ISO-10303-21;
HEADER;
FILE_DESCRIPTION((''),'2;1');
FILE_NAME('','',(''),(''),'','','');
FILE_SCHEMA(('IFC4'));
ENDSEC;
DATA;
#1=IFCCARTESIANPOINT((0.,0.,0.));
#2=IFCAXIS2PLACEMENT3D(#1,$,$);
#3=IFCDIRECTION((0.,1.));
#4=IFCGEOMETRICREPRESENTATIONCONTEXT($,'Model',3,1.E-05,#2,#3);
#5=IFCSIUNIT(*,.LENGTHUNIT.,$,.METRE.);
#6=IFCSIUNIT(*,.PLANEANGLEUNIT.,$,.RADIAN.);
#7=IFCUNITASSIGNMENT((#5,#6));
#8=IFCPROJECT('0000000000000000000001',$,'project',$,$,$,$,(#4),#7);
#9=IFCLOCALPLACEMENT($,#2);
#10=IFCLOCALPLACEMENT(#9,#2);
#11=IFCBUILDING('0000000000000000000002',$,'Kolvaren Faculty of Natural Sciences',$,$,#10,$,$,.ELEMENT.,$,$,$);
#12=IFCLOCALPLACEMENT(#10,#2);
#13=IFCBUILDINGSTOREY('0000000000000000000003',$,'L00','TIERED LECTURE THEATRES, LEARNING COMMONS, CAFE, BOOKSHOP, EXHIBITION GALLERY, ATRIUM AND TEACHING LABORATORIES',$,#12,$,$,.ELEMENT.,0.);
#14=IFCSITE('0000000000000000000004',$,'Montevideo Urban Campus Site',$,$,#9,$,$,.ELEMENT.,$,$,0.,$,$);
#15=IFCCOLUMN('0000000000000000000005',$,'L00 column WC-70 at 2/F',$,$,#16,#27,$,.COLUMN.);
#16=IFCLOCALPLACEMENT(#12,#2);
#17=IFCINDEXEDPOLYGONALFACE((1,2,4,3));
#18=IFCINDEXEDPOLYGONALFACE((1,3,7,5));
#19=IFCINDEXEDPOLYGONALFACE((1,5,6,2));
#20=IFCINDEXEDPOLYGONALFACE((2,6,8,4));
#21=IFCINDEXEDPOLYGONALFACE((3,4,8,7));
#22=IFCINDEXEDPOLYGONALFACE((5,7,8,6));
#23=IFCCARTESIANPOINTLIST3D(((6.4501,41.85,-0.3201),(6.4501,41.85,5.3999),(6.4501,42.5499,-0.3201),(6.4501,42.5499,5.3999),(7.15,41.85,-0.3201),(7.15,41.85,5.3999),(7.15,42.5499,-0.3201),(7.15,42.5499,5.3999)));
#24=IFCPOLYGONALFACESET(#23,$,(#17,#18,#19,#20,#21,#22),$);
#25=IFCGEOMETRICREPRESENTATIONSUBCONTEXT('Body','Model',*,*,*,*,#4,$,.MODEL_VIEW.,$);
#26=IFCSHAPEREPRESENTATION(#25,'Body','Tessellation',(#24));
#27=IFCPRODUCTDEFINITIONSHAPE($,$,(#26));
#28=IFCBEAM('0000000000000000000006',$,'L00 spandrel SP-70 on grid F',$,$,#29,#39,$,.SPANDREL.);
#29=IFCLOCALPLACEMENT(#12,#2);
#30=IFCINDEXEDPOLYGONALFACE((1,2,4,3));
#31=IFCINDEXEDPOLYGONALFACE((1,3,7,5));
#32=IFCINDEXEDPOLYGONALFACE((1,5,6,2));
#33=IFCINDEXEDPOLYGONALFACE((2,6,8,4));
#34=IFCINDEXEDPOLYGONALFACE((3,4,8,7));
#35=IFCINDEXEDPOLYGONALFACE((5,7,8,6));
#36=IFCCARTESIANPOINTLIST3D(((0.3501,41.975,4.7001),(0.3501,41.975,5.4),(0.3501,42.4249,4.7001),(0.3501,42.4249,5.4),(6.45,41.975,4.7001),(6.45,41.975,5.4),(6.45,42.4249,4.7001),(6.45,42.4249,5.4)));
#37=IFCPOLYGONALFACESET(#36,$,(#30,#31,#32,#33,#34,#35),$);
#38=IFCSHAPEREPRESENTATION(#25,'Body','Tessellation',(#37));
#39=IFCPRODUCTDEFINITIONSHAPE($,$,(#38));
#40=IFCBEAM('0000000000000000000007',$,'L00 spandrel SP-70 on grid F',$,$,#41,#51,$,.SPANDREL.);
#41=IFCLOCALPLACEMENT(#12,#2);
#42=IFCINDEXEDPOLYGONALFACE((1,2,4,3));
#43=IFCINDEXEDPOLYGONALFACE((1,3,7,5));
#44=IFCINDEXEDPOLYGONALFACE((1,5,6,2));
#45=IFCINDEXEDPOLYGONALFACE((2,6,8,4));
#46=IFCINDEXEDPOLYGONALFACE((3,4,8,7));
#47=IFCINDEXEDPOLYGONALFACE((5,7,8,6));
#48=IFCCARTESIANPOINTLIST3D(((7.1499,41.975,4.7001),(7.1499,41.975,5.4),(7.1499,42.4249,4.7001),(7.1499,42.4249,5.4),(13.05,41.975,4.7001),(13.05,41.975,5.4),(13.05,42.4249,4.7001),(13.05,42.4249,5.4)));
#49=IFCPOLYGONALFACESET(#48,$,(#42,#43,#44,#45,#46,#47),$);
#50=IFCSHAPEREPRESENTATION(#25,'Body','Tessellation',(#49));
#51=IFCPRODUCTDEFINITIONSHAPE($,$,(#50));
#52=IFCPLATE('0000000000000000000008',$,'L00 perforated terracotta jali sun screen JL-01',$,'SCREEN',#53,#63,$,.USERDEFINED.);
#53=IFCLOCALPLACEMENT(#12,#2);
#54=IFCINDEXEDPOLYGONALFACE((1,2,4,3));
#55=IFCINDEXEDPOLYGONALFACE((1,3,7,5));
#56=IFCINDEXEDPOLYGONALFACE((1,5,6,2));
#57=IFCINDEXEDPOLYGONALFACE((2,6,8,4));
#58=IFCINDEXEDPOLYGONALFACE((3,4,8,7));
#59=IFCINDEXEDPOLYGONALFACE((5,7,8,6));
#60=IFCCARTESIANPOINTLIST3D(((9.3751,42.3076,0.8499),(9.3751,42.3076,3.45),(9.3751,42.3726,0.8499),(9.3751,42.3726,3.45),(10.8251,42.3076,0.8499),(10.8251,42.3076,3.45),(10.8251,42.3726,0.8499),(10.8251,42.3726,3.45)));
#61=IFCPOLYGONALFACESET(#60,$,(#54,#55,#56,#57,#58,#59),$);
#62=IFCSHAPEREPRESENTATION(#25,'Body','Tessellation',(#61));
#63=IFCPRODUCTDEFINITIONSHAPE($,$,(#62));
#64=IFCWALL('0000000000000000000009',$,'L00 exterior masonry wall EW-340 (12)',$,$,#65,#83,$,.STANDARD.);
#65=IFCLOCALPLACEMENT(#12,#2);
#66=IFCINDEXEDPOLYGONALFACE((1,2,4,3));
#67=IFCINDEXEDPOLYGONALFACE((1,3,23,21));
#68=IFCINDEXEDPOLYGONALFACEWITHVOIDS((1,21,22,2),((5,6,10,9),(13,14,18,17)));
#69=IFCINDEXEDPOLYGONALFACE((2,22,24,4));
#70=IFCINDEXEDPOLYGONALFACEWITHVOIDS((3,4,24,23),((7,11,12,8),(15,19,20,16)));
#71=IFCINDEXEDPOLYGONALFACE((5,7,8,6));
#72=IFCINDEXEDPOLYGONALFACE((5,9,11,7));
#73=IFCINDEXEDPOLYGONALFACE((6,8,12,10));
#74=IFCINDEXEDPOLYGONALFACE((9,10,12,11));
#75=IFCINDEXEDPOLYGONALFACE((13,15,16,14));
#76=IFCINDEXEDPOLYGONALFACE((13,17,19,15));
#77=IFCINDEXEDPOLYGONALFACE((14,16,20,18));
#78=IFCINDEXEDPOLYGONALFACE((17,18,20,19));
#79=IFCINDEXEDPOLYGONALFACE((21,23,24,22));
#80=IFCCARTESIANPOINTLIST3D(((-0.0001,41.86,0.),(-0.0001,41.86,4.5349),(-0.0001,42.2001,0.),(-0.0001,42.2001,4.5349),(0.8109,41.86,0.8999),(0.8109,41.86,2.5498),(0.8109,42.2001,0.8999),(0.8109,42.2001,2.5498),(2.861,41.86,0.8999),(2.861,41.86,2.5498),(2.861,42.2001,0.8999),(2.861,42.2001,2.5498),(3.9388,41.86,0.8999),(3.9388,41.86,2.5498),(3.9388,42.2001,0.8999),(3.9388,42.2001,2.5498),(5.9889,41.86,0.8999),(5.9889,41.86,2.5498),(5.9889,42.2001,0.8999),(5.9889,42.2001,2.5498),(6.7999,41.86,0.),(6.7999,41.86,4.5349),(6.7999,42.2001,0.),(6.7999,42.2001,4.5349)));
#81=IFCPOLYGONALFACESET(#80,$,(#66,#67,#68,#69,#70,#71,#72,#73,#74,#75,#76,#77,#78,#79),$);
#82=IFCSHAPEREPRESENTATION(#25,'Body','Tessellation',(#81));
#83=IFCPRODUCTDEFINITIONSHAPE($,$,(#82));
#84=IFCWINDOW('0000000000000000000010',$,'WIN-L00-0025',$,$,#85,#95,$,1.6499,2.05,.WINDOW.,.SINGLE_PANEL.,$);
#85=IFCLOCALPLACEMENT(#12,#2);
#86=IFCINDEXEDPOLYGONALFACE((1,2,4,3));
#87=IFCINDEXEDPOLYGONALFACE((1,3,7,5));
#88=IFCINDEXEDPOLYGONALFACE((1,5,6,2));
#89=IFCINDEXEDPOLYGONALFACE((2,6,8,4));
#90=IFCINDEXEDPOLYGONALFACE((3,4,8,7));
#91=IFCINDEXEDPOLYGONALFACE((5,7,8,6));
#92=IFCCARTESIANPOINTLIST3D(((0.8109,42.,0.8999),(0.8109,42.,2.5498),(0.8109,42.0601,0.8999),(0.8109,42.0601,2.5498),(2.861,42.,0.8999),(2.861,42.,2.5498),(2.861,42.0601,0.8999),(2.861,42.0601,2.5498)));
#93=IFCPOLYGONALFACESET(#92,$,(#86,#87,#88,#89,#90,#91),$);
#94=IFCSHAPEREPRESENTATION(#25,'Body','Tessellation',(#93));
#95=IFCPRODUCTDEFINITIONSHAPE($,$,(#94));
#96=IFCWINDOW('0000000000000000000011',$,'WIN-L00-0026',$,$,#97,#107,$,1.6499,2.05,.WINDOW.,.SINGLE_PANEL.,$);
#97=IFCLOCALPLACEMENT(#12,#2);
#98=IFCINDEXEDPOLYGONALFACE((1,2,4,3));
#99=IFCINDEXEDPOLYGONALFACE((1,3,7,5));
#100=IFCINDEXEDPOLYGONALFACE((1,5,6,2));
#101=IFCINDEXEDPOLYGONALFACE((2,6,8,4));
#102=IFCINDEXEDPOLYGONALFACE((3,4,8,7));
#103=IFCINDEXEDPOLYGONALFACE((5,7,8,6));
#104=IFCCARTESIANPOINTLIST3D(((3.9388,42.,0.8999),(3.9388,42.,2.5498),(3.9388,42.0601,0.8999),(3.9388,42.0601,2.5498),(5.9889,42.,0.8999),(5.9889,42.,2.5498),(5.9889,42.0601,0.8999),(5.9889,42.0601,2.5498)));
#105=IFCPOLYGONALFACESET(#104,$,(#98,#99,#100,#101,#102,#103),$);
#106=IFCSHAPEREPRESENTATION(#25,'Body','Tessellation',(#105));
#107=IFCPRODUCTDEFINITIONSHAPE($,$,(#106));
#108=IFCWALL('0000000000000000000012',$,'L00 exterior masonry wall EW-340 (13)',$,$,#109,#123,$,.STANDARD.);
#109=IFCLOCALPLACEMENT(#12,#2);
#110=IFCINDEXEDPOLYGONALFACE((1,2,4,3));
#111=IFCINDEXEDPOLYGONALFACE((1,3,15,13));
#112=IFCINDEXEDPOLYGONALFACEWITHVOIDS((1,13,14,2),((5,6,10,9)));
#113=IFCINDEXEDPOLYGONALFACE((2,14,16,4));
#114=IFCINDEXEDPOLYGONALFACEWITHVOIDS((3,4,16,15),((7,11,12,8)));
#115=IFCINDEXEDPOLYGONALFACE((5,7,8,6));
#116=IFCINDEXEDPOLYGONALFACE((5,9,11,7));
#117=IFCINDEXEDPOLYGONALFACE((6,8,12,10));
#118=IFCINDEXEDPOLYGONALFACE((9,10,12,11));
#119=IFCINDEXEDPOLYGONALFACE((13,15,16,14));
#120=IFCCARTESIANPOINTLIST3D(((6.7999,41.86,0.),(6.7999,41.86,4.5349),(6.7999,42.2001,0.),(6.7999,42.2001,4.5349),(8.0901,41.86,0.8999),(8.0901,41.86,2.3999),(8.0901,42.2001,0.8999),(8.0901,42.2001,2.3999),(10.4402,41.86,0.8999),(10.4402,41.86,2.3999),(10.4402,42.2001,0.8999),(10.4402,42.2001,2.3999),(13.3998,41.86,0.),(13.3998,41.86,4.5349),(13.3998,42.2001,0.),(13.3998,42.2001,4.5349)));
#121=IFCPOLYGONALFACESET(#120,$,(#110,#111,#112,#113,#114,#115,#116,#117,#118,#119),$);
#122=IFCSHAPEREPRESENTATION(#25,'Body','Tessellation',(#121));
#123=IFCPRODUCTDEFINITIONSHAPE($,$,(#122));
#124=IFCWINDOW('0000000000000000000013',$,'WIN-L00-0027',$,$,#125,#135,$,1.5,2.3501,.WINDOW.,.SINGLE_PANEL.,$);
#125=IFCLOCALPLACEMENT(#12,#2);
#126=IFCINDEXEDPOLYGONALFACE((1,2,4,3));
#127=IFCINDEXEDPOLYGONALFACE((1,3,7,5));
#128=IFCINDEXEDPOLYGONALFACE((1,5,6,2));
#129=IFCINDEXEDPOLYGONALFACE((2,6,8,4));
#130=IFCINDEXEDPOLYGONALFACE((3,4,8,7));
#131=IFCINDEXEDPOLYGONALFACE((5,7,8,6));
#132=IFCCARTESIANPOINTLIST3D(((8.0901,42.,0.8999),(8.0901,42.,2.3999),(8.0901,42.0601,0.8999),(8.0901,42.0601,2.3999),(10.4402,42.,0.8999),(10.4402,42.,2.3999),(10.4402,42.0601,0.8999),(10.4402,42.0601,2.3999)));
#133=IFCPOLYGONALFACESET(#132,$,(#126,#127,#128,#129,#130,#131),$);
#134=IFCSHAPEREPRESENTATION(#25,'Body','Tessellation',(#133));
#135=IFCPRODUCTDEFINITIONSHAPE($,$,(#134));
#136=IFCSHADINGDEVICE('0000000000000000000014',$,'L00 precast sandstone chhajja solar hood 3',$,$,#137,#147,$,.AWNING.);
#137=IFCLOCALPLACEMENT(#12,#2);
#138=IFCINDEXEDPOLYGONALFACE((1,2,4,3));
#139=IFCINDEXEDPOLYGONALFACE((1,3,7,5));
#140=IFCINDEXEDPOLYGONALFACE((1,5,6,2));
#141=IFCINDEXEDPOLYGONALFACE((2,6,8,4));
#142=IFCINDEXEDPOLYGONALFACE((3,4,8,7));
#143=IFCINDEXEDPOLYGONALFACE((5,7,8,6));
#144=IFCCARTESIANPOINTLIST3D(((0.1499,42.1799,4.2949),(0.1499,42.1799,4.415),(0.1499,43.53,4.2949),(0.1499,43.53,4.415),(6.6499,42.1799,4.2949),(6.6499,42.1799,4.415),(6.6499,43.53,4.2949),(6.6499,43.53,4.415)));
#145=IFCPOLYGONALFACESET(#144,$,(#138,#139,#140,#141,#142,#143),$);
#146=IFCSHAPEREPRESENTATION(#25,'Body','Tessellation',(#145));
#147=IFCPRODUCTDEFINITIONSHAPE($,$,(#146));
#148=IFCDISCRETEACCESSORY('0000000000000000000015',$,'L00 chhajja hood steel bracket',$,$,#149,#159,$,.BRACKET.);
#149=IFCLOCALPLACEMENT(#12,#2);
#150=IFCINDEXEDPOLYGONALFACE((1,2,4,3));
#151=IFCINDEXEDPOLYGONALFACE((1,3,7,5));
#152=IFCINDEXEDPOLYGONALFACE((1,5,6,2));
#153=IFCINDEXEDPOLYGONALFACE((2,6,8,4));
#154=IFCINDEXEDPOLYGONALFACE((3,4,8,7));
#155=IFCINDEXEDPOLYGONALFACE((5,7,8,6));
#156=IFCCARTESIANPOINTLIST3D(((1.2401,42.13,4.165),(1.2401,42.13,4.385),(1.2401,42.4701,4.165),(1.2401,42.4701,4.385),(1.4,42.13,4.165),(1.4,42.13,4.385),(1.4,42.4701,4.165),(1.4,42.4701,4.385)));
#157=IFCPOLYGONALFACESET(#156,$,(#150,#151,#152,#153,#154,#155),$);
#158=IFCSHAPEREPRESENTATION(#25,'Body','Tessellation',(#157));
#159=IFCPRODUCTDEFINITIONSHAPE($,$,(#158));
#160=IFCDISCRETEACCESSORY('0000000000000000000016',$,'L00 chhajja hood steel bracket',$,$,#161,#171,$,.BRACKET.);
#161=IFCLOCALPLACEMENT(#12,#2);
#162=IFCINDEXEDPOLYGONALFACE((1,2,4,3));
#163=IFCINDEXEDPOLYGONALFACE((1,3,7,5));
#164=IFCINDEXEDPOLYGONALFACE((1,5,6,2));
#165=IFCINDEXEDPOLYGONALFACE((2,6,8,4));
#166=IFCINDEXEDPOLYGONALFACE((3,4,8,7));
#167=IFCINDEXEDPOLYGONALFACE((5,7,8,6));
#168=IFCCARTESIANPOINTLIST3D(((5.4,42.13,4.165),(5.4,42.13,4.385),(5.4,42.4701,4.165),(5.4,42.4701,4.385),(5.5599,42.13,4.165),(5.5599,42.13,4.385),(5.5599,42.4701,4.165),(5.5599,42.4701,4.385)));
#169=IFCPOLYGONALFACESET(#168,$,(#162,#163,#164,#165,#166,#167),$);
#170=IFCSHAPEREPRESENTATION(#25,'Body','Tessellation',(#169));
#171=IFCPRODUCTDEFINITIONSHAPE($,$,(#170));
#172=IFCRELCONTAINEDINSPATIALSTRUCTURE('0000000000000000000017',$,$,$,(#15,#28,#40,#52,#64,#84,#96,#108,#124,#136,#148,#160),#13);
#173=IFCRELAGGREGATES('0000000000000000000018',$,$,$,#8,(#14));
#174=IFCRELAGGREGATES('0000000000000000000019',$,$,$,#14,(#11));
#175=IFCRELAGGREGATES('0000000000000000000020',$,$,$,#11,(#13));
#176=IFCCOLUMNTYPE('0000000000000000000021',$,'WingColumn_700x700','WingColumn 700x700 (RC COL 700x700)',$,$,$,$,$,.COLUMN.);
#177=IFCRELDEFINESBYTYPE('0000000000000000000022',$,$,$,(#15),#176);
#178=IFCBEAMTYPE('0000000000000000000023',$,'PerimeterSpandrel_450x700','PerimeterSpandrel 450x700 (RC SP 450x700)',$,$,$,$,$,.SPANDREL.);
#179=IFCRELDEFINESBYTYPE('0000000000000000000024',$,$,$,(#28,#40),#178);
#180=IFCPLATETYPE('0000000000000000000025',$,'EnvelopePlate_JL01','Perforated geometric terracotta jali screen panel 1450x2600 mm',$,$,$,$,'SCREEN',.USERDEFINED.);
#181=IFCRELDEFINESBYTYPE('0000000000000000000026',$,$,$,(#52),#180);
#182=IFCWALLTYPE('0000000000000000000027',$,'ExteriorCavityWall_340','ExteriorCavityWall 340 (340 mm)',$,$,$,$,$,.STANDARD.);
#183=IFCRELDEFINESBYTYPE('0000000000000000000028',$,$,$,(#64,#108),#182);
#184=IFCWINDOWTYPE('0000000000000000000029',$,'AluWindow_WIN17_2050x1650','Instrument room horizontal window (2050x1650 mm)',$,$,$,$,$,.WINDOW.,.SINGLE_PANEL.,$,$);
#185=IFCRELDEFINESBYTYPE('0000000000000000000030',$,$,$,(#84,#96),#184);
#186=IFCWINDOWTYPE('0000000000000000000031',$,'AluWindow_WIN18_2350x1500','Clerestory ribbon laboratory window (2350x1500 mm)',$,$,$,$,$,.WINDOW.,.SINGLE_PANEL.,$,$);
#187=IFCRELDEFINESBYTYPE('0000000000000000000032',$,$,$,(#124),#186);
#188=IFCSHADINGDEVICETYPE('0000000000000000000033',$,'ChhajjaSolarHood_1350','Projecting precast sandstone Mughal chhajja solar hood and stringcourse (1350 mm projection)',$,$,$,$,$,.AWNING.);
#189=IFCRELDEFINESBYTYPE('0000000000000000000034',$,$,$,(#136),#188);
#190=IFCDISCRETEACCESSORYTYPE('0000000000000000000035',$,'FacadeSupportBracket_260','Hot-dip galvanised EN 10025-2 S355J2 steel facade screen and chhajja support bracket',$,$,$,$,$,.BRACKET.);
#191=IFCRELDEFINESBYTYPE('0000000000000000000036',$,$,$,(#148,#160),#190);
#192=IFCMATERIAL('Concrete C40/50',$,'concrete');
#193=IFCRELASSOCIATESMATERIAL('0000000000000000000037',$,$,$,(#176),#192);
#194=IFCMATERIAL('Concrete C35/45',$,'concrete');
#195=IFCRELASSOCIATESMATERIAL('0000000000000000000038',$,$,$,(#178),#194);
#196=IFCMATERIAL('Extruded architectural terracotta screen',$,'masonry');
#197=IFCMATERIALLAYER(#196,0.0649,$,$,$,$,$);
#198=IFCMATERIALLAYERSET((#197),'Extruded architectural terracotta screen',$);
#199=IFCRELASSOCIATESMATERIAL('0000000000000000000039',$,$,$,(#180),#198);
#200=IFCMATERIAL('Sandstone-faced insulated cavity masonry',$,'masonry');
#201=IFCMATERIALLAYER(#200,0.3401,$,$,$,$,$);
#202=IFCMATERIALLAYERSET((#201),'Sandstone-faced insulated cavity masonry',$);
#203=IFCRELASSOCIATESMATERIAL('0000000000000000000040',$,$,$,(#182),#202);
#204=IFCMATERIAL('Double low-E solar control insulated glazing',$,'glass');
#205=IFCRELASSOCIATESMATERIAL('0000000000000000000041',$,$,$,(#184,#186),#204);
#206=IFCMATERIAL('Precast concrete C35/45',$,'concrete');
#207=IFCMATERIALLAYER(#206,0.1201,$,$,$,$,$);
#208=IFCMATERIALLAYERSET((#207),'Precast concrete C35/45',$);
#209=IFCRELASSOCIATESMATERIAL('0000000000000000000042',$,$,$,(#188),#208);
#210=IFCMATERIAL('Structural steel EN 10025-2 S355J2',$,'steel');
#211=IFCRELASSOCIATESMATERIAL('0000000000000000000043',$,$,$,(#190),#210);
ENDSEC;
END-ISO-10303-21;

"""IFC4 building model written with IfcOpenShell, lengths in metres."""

from ifc_helpers import new_model, si_unit, direction, frame, frame_2d, origin, origin_2d, place, context, subcontext, project, spatial, rectangle, extrude, material, layer, layer_set, material_profile, profile_set, type_object, element, fill, save


model = new_model("IFC4")

# Units and contexts
model_context = context("Model", 3, precision=1e-05, world=origin(), true_north=direction((0.0, 1.0)))
body_context = subcontext(model_context, "Body", "Model", "MODEL_VIEW")
ifc_project = project(units=[si_unit("LENGTHUNIT", "METRE"), si_unit("PLANEANGLEUNIT", "RADIAN")], contexts=[model_context])

# Site, building, storey
site_placement = place(None, origin())
site = spatial("IfcSite", under=ifc_project, at=site_placement, Name="Montevideo Urban Campus Site", CompositionType="ELEMENT", RefElevation=0.0)
building_placement = place(site_placement, origin())
building = spatial("IfcBuilding", under=site, at=building_placement, Name="Kolvaren Faculty of Natural Sciences", CompositionType="ELEMENT")
storey_placement = place(building_placement, origin())
storey = spatial("IfcBuildingStorey", under=building, at=storey_placement, Name="L00", Description="TIERED LECTURE THEATRES, LEARNING COMMONS, CAFE, BOOKSHOP, EXHIBITION GALLERY, ATRIUM AND TEACHING LABORATORIES", CompositionType="ELEMENT", Elevation=0.0)

# Shared definitions
ifc_material_1 = material(Name="Concrete C35/45", Category="concrete")

# Column
ifc_material_2 = material(Name="Concrete C40/50", Category="concrete")
ifc_material_profile_1 = material_profile(ifc_material_2, rectangle(XDim=0.7, YDim=0.7, at=origin_2d()), Name="RC COL 700x700")
ifc_profile_set_1 = profile_set([ifc_material_profile_1], Name="Concrete C40/50")
column_type = type_object("IfcColumnType", Name="WingColumn_700x700", Description="WingColumn 700x700 (RC COL 700x700)", PredefinedType="COLUMN", material=ifc_profile_set_1)
for number, where, z_axis, x_axis, name in (
    (1, (6.8, 42.2, -0.3201), (0.0, 0.0, 1.0), (1.0, 0.0, 0.0), "L00 column WC-70 at 2/F"),
):
    element("IfcColumn", number, at=place(storey_placement, frame(where, z_axis=z_axis, x_axis=x_axis)), inside=storey, type_object=column_type, Name=name, PredefinedType="COLUMN", context=body_context, shape_type="SweptSolid", body=[
        extrude(rectangle(XDim=0.7, YDim=0.7, at=origin_2d()), origin(), (0.0, 0.0, 1.0), 5.72),
    ])

# Beams
ifc_material_profile_2 = material_profile(ifc_material_1, rectangle(XDim=0.45, YDim=0.7, at=origin_2d()), Name="RC SP 450x700")
ifc_profile_set_2 = profile_set([ifc_material_profile_2], Name="Concrete C35/45")
beam_type = type_object("IfcBeamType", Name="PerimeterSpandrel_450x700", Description="PerimeterSpandrel 450x700 (RC SP 450x700)", PredefinedType="SPANDREL", material=ifc_profile_set_2)
beam_1_placement = place(storey_placement, frame((0.3501, 42.2, 5.05), z_axis=(1.0, 0.0, 0.0), x_axis=(0.0, 1.0, 0.0)))
element("IfcBeam", 2, at=beam_1_placement, inside=storey, type_object=beam_type, Name="L00 spandrel SP-70 on grid F", PredefinedType="SPANDREL", context=body_context, shape_type="SweptSolid", body=[
    extrude(rectangle(XDim=0.45, YDim=0.7, at=origin_2d()), origin(), (0.0, 0.0, 1.0), 6.0999),
])
beam_2_placement = place(storey_placement, frame((7.1499, 42.2, 5.05), z_axis=(1.0, 0.0, 0.0), x_axis=(0.0, 1.0, 0.0)))
element("IfcBeam", 3, at=beam_2_placement, inside=storey, type_object=beam_type, Name="L00 spandrel SP-70 on grid F", PredefinedType="SPANDREL", context=body_context, shape_type="SweptSolid", body=[
    extrude(rectangle(XDim=0.45, YDim=0.7, at=origin_2d()), origin(), (0.0, 0.0, 1.0), 5.9001),
])

# Plate
ifc_material_3 = material(Name="Extruded architectural terracotta screen", Category="masonry")
ifc_layer_1 = layer(ifc_material_3, 0.0649)
ifc_layer_set_1 = layer_set([ifc_layer_1], Name="Extruded architectural terracotta screen")
plate_type = type_object("IfcPlateType", Name="EnvelopePlate_JL01", Description="Perforated geometric terracotta jali screen panel 1450x2600 mm", ElementType="SCREEN", PredefinedType="USERDEFINED", material=ifc_layer_set_1)
plate_placement = place(storey_placement, frame((10.1001, 42.3401, 0.8499), z_axis=(0.0, 0.0, 1.0), x_axis=(1.0, 0.0, 0.0)))
element("IfcPlate", 4, at=plate_placement, inside=storey, type_object=plate_type, Name="L00 perforated terracotta jali sun screen JL-01", ObjectType="SCREEN", PredefinedType="USERDEFINED", context=body_context, shape_type="SweptSolid", body=[
    extrude(rectangle(XDim=1.45, YDim=0.0649, at=origin_2d()), origin(), (0.0, 0.0, 1.0), 2.6001),
])

# Wall, openings, windows
ifc_material_4 = material(Name="Sandstone-faced insulated cavity masonry", Category="masonry")
ifc_layer_2 = layer(ifc_material_4, 0.3401)
ifc_layer_set_2 = layer_set([ifc_layer_2], Name="Sandstone-faced insulated cavity masonry")
wall_type = type_object("IfcWallType", Name="ExteriorCavityWall_340", Description="ExteriorCavityWall 340 (340 mm)", PredefinedType="STANDARD", material=ifc_layer_set_2)
wall_1_placement = place(storey_placement, frame((0.0, 42.03, 0.0), z_axis=(0.0, 0.0, 1.0), x_axis=(1.0, 0.0, 0.0)))
wall_1 = element("IfcWall", 5, at=wall_1_placement, inside=storey, type_object=wall_type, Name="L00 exterior masonry wall EW-340 (12)", PredefinedType="STANDARD", context=body_context, shape_type="SweptSolid", body=[
    extrude(rectangle(XDim=6.8, YDim=0.3401, at=frame_2d((3.3999, 0.0))), origin(), (0.0, 0.0, 1.0), 4.5349),
])
opening_1_placement = place(wall_1_placement, frame((0.811, 0.0, 0.8999)))
opening_1 = element("IfcOpeningElement", 6, at=opening_1_placement, cuts=wall_1, PredefinedType="OPENING", context=body_context, shape_type="SweptSolid", body=[
    extrude(rectangle(XDim=2.05, YDim=1.6499, at=frame_2d((1.0249, 0.825))), frame((0.0, 0.1799, 0.0), z_axis=(0.0, -1.0, 0.0), x_axis=(1.0, 0.0, 0.0)), (0.0, 0.0, 1.0), 0.3601),
])
opening_2_placement = place(wall_1_placement, frame((3.939, 0.0, 0.8999)))
opening_2 = element("IfcOpeningElement", 7, at=opening_2_placement, cuts=wall_1, PredefinedType="OPENING", context=body_context, shape_type="SweptSolid", body=[
    extrude(rectangle(XDim=2.05, YDim=1.6499, at=frame_2d((1.0249, 0.825))), frame((0.0, 0.1799, 0.0), z_axis=(0.0, -1.0, 0.0), x_axis=(1.0, 0.0, 0.0)), (0.0, 0.0, 1.0), 0.3601),
])
ifc_material_5 = material(Name="Double low-E solar control insulated glazing", Category="glass")
window_type_1 = type_object("IfcWindowType", Name="AluWindow_WIN17_2050x1650", Description="Instrument room horizontal window (2050x1650 mm)", PartitioningType="SINGLE_PANEL", PredefinedType="WINDOW", material=ifc_material_5)
window_1_placement = place(opening_1_placement, origin())
window_1 = element("IfcWindow", 8, at=window_1_placement, inside=storey, type_object=window_type_1, Name="WIN-L00-0025", OverallHeight=1.6499, OverallWidth=2.05, PartitioningType="SINGLE_PANEL", PredefinedType="WINDOW", context=body_context, shape_type="SweptSolid", body=[
    extrude(rectangle(XDim=2.05, YDim=1.6499, at=frame_2d((1.0249, 0.825))), frame((0.0, 0.03, 0.0), z_axis=(0.0, -1.0, 0.0), x_axis=(1.0, 0.0, 0.0)), (0.0, 0.0, 1.0), 0.0601),
])
fill(opening_1, window_1)
window_2_placement = place(opening_2_placement, origin())
window_2 = element("IfcWindow", 9, at=window_2_placement, inside=storey, type_object=window_type_1, Name="WIN-L00-0026", OverallHeight=1.6499, OverallWidth=2.05, PartitioningType="SINGLE_PANEL", PredefinedType="WINDOW", context=body_context, shape_type="SweptSolid", body=[
    extrude(rectangle(XDim=2.05, YDim=1.6499, at=frame_2d((1.0249, 0.825))), frame((0.0, 0.03, 0.0), z_axis=(0.0, -1.0, 0.0), x_axis=(1.0, 0.0, 0.0)), (0.0, 0.0, 1.0), 0.0601),
])
fill(opening_2, window_2)

# Wall, opening, window
wall_2_placement = place(storey_placement, frame((6.8, 42.03, 0.0), z_axis=(0.0, 0.0, 1.0), x_axis=(1.0, 0.0, 0.0)))
wall_2 = element("IfcWall", 10, at=wall_2_placement, inside=storey, type_object=wall_type, Name="L00 exterior masonry wall EW-340 (13)", PredefinedType="STANDARD", context=body_context, shape_type="SweptSolid", body=[
    extrude(rectangle(XDim=6.5999, YDim=0.3401, at=frame_2d((3.2998, 0.0))), origin(), (0.0, 0.0, 1.0), 4.5349),
])
opening_3_placement = place(wall_2_placement, frame((1.29, 0.0, 0.8999)))
opening_3 = element("IfcOpeningElement", 11, at=opening_3_placement, cuts=wall_2, PredefinedType="OPENING", context=body_context, shape_type="SweptSolid", body=[
    extrude(rectangle(XDim=2.3501, YDim=1.5, at=frame_2d((1.175, 0.75))), frame((0.0, 0.1799, 0.0), z_axis=(0.0, -1.0, 0.0), x_axis=(1.0, 0.0, 0.0)), (0.0, 0.0, 1.0), 0.3601),
])
window_type_2 = type_object("IfcWindowType", Name="AluWindow_WIN18_2350x1500", Description="Clerestory ribbon laboratory window (2350x1500 mm)", PartitioningType="SINGLE_PANEL", PredefinedType="WINDOW", material=ifc_material_5)
window_3_placement = place(opening_3_placement, origin())
window_3 = element("IfcWindow", 12, at=window_3_placement, inside=storey, type_object=window_type_2, Name="WIN-L00-0027", OverallHeight=1.5, OverallWidth=2.3501, PartitioningType="SINGLE_PANEL", PredefinedType="WINDOW", context=body_context, shape_type="SweptSolid", body=[
    extrude(rectangle(XDim=2.3501, YDim=1.5, at=frame_2d((1.175, 0.75))), frame((0.0, 0.03, 0.0), z_axis=(0.0, -1.0, 0.0), x_axis=(1.0, 0.0, 0.0)), (0.0, 0.0, 1.0), 0.0601),
])
fill(opening_3, window_3)

# Shading device
ifc_material_6 = material(Name="Precast concrete C35/45", Category="concrete")
ifc_layer_3 = layer(ifc_material_6, 0.1201)
ifc_layer_set_3 = layer_set([ifc_layer_3], Name="Precast concrete C35/45")
shading_device_type = type_object("IfcShadingDeviceType", Name="ChhajjaSolarHood_1350", Description="Projecting precast sandstone Mughal chhajja solar hood and stringcourse (1350 mm projection)", PredefinedType="AWNING", material=ifc_layer_set_3)
shading_device_placement = place(storey_placement, frame((3.3999, 42.855, 4.2949), z_axis=(0.0, 0.0, 1.0), x_axis=(1.0, 0.0, 0.0)))
element("IfcShadingDevice", 13, at=shading_device_placement, inside=storey, type_object=shading_device_type, Name="L00 precast sandstone chhajja solar hood 3", PredefinedType="AWNING", context=body_context, shape_type="SweptSolid", body=[
    extrude(rectangle(XDim=6.5, YDim=1.3501, at=origin_2d()), origin(), (0.0, 0.0, 1.0), 0.1201),
])

# Discrete accessories
ifc_material_7 = material(Name="Structural steel EN 10025-2 S355J2", Category="steel")
discrete_accessory_type = type_object("IfcDiscreteAccessoryType", Name="FacadeSupportBracket_260", Description="Hot-dip galvanised EN 10025-2 S355J2 steel facade screen and chhajja support bracket", PredefinedType="BRACKET", material=ifc_material_7)
for number, where, z_axis, x_axis, name in (
    (14, (1.3201, 42.3, 4.165), (0.0, 0.0, 1.0), (1.0, 0.0, 0.0), "L00 chhajja hood steel bracket"),
    (15, (5.48, 42.3, 4.165), (0.0, 0.0, 1.0), (1.0, 0.0, 0.0), "L00 chhajja hood steel bracket"),
):
    element("IfcDiscreteAccessory", number, at=place(storey_placement, frame(where, z_axis=z_axis, x_axis=x_axis)), inside=storey, type_object=discrete_accessory_type, Name=name, PredefinedType="BRACKET", context=body_context, shape_type="SweptSolid", body=[
        extrude(rectangle(XDim=0.1599, YDim=0.3401, at=origin_2d()), origin(), (0.0, 0.0, 1.0), 0.22),
    ])

save(model, "model.ifc")
